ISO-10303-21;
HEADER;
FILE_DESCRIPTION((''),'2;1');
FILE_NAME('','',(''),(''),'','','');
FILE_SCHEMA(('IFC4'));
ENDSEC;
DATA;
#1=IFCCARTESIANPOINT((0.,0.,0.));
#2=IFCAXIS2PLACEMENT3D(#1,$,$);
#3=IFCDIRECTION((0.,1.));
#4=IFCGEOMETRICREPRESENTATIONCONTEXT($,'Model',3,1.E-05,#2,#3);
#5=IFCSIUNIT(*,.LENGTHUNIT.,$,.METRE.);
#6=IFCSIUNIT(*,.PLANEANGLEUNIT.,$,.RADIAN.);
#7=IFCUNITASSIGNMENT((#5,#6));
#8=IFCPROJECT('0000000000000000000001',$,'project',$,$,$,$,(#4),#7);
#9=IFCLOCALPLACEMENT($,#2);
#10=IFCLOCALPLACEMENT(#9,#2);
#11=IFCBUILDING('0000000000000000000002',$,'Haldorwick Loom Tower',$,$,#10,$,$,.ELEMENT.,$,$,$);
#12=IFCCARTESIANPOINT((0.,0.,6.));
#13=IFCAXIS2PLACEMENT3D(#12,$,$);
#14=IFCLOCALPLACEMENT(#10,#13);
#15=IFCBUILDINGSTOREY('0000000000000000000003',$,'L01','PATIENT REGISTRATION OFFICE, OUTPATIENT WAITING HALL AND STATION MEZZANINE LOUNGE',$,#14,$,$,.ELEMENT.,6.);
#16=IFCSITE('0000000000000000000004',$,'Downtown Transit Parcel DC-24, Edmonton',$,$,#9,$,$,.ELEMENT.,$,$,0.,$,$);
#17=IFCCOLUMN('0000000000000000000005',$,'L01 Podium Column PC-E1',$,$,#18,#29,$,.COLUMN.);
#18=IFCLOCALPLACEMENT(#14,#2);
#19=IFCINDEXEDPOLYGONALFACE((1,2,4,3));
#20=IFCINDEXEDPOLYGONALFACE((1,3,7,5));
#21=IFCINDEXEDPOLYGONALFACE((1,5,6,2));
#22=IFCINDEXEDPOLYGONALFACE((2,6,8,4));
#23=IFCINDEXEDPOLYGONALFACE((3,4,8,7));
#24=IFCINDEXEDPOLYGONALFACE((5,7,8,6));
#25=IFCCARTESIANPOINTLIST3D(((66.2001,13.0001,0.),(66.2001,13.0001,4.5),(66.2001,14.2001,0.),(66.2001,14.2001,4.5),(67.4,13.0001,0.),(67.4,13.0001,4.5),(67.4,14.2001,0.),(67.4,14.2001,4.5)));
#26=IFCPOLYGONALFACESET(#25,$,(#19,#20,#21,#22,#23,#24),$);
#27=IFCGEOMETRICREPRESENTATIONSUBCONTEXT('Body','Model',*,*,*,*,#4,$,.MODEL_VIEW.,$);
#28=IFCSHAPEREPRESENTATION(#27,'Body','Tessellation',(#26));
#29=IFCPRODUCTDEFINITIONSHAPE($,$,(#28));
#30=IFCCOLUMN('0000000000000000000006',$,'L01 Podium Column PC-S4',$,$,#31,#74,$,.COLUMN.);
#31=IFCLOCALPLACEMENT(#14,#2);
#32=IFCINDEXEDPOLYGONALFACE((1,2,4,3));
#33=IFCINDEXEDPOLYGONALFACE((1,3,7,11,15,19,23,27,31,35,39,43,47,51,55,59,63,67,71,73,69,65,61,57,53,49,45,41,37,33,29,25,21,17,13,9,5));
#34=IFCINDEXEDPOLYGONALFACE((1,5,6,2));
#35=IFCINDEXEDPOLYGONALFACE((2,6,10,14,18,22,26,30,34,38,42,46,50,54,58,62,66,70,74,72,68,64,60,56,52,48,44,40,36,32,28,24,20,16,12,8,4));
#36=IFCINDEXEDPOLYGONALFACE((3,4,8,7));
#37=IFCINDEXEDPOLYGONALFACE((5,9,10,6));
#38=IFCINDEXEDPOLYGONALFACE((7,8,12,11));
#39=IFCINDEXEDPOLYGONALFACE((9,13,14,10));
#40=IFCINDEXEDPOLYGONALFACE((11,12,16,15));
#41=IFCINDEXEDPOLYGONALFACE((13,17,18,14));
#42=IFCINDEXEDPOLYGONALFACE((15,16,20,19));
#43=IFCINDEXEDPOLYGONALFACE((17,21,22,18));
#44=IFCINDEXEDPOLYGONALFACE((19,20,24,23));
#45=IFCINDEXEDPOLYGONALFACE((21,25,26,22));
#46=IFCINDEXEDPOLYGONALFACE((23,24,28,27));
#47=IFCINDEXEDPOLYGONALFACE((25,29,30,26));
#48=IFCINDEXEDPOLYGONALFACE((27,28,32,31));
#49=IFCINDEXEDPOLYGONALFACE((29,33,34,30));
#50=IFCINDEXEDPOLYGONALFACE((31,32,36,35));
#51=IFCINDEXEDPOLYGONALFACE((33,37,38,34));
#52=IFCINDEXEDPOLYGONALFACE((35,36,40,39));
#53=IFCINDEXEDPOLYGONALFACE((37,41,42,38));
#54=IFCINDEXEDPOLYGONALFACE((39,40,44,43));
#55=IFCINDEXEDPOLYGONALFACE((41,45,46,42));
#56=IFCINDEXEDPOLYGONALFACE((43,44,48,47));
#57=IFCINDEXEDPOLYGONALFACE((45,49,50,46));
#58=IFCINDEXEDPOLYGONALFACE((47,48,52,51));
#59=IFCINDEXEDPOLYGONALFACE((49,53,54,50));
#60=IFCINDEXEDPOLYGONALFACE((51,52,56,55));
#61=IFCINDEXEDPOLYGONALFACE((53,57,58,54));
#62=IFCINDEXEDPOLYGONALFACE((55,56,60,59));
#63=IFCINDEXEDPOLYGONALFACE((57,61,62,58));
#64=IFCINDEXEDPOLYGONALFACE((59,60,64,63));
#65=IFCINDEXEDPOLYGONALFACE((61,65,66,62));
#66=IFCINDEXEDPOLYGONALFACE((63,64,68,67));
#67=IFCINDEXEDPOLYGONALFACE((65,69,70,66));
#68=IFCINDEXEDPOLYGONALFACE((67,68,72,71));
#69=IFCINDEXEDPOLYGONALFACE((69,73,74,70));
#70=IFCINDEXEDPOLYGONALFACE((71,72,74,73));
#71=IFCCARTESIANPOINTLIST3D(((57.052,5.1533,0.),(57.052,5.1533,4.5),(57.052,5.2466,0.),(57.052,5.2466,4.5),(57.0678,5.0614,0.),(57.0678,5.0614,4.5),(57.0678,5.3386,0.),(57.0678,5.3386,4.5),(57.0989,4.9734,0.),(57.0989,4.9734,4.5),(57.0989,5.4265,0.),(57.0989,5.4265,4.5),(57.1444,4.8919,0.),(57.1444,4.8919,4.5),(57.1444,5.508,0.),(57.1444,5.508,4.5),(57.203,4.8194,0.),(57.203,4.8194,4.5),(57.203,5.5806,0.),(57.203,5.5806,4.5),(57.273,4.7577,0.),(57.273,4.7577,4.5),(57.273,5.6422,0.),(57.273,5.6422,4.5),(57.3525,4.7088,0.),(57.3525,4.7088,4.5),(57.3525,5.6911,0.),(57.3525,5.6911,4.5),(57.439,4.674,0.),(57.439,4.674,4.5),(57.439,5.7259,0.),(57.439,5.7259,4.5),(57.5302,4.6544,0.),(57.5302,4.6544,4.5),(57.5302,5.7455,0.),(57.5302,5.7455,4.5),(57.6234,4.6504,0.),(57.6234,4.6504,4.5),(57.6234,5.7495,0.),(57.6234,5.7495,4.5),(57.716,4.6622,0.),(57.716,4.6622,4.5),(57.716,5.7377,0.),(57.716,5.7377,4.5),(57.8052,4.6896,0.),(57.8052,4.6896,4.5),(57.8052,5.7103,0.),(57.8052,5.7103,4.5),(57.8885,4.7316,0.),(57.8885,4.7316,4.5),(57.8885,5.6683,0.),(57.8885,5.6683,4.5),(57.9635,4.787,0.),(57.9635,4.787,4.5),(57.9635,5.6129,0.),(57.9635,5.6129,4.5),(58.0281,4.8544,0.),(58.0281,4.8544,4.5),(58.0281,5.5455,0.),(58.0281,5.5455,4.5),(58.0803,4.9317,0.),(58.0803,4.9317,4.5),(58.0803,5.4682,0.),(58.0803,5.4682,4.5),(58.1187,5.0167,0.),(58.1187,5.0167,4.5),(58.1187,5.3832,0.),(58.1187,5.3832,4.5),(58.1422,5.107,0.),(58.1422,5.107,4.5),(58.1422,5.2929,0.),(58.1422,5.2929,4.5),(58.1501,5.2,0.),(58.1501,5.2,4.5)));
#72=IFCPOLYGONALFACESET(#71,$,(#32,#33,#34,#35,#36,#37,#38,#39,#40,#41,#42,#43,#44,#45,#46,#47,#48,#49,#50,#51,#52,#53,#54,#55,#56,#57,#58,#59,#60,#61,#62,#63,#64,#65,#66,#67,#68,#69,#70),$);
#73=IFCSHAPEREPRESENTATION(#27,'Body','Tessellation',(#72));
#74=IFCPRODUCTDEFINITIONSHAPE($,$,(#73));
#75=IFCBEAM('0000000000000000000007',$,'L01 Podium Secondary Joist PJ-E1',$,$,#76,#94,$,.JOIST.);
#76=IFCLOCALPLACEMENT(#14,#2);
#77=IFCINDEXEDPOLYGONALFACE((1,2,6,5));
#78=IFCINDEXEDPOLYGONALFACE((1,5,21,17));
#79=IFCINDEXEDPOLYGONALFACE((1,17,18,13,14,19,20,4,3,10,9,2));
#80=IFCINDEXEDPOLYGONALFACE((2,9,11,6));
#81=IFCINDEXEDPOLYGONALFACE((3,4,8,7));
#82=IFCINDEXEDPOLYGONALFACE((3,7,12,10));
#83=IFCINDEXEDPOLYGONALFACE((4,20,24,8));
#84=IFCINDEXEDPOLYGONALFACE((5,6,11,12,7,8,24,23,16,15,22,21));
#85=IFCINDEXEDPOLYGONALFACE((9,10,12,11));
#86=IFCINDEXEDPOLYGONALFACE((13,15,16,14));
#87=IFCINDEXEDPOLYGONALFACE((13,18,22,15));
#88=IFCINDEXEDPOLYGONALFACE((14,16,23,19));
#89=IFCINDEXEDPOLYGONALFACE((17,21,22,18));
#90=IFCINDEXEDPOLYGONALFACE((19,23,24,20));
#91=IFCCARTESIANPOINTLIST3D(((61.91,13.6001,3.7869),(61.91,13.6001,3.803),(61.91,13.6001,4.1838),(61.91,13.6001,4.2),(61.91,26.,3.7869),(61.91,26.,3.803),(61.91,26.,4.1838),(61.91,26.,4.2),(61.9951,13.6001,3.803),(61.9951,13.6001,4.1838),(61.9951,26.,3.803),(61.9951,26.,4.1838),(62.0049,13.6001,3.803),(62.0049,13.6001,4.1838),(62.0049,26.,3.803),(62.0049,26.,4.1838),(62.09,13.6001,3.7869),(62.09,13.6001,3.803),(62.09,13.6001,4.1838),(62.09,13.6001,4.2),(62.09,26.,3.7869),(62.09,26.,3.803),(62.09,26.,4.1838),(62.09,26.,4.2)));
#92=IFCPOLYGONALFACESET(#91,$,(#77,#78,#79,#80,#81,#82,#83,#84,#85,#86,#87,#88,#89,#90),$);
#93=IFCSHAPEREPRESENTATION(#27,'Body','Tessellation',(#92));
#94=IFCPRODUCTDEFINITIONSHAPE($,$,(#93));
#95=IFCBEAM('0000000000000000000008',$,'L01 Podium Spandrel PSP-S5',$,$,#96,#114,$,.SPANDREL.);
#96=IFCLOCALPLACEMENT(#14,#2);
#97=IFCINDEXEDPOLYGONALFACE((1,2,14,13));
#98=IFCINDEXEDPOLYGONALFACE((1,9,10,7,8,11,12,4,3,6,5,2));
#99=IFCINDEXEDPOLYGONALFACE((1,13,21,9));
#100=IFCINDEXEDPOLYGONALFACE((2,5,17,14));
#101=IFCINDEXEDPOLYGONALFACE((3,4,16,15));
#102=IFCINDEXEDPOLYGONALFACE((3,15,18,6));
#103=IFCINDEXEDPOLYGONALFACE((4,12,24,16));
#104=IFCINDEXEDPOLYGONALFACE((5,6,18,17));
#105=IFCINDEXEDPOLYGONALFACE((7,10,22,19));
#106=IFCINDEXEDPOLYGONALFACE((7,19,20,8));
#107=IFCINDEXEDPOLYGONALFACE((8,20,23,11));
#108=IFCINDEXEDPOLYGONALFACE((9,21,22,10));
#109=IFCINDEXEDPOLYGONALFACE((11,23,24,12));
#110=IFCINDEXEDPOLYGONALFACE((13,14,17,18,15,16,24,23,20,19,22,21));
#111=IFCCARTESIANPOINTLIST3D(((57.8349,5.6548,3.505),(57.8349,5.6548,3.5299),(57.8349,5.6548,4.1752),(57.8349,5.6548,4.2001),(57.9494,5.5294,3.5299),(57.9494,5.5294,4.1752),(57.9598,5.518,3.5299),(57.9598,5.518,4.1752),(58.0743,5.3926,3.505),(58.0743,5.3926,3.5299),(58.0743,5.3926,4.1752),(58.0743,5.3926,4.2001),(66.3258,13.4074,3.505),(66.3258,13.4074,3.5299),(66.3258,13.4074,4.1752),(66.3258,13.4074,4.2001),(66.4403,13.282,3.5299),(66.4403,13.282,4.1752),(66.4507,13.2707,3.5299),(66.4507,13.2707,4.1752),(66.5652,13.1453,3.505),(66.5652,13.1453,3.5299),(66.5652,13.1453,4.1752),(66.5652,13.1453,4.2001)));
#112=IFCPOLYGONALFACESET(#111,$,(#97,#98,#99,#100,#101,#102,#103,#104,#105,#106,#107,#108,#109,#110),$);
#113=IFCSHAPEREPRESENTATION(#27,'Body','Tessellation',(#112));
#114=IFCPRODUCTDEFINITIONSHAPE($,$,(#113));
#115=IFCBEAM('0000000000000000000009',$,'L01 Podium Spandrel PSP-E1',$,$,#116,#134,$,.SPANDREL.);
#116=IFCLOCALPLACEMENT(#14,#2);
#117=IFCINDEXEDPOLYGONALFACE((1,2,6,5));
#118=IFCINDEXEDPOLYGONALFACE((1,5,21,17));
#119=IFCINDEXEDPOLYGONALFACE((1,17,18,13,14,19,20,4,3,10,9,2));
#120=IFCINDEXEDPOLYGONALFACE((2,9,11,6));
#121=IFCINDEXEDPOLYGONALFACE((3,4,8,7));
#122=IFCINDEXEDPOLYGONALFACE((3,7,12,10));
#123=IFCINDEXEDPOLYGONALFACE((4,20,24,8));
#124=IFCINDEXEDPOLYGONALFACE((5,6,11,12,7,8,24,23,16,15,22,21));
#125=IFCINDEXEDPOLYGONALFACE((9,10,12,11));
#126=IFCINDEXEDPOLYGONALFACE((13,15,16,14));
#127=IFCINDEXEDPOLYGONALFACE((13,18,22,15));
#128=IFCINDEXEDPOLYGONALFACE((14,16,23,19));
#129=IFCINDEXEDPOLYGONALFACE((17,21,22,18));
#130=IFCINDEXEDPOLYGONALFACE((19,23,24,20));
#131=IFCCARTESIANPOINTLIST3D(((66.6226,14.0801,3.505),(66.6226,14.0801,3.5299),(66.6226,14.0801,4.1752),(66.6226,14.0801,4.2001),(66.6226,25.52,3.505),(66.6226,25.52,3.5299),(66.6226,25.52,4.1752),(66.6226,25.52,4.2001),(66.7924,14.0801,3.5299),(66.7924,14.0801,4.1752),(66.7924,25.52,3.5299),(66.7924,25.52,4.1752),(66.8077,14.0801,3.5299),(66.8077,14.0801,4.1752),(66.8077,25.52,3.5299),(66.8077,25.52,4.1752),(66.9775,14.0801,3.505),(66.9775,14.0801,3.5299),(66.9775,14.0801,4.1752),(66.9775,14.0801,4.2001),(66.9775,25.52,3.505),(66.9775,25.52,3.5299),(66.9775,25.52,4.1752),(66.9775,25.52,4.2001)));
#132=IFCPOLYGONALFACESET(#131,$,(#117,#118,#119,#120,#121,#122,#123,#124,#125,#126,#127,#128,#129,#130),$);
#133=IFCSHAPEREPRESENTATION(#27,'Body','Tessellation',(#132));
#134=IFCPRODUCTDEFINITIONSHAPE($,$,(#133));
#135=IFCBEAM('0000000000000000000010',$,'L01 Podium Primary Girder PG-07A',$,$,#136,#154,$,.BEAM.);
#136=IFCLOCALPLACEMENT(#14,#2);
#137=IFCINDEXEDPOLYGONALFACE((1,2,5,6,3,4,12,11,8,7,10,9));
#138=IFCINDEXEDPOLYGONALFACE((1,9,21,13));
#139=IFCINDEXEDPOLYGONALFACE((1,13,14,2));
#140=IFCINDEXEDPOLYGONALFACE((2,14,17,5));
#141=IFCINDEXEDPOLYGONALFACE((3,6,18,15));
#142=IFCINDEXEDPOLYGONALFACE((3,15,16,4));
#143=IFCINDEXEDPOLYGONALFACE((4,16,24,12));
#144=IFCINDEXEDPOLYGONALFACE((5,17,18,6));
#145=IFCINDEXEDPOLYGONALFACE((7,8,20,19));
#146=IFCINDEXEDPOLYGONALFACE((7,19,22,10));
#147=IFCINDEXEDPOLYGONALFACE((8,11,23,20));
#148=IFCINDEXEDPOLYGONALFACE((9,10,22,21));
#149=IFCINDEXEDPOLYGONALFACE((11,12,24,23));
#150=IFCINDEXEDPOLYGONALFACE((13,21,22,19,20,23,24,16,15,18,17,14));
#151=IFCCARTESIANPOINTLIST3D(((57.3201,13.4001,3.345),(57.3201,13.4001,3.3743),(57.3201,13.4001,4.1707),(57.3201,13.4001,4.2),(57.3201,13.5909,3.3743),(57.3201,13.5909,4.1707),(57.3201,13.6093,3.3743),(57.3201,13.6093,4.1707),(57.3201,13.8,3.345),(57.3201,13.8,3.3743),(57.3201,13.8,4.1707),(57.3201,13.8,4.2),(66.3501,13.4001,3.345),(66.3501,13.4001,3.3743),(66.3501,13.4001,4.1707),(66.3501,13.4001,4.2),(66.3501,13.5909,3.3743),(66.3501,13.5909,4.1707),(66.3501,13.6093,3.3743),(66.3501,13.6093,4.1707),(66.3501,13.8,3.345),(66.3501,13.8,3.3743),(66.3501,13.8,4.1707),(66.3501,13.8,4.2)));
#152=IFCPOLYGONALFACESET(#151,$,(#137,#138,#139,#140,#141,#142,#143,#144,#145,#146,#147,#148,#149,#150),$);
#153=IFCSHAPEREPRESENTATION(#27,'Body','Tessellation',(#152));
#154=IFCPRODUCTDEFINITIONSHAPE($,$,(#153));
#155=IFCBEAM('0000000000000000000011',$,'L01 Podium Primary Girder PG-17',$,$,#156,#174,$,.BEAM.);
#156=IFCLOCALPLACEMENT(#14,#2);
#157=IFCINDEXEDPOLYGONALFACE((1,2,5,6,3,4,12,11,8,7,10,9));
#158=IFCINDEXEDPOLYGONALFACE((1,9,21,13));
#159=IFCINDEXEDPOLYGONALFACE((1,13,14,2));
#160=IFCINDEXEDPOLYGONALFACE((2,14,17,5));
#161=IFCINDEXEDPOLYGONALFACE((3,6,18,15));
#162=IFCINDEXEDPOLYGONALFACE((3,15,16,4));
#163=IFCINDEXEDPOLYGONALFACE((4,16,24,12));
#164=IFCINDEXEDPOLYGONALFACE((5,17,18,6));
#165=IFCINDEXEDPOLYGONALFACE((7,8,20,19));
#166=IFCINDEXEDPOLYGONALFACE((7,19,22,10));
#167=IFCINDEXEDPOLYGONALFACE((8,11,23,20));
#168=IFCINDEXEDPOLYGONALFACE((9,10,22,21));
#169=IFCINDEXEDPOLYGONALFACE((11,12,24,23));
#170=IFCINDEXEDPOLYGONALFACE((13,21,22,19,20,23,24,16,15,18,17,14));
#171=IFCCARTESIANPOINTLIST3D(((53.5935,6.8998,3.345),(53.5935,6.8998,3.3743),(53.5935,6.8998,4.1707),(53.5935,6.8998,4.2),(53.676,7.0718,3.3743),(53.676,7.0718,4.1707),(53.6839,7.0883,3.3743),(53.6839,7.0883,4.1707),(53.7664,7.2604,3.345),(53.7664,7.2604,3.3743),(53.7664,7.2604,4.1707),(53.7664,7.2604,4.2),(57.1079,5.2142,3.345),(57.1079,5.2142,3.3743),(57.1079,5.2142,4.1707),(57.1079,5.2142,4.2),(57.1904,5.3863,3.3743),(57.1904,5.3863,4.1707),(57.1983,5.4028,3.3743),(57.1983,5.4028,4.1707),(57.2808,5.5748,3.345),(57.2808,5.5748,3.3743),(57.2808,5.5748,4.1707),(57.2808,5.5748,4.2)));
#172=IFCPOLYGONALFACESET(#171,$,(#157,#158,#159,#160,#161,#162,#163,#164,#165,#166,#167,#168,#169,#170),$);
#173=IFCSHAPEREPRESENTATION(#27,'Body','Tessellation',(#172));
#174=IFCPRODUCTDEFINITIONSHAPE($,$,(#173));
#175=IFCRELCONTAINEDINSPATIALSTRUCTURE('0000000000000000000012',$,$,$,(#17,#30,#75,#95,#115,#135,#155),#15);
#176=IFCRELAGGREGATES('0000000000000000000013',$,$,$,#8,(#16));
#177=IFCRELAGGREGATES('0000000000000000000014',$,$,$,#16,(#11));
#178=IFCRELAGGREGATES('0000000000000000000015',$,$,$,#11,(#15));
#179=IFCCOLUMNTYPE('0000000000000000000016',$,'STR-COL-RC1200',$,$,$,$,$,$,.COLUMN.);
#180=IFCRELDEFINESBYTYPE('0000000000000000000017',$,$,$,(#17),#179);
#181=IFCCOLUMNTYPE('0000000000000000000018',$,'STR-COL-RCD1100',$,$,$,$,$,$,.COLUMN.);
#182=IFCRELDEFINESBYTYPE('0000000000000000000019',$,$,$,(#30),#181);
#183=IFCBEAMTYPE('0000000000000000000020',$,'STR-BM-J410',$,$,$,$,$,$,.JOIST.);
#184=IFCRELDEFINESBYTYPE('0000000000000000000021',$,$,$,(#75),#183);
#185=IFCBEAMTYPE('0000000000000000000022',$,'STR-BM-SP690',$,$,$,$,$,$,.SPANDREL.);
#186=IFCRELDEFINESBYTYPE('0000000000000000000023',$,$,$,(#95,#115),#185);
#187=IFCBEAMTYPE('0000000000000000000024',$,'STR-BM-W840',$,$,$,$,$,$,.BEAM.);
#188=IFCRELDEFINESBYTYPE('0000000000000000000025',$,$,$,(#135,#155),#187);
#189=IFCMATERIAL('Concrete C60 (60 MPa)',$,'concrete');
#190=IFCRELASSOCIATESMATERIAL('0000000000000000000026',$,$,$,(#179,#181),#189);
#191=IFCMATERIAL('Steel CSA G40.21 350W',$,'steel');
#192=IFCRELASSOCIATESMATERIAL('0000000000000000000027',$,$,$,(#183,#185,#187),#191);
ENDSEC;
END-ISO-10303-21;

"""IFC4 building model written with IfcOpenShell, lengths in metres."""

from ifc_helpers import new_model, si_unit, direction, frame, origin, origin_2d, place, context, subcontext, project, spatial, rectangle, circle, i_section, extrude, material, material_profile, profile_set, type_object, element, save


model = new_model("IFC4")

# Units and contexts
model_context = context("Model", 3, precision=1e-05, world=origin(), true_north=direction((0.0, 1.0)))
body_context = subcontext(model_context, "Body", "Model", "MODEL_VIEW")
ifc_project = project(units=[si_unit("LENGTHUNIT", "METRE"), si_unit("PLANEANGLEUNIT", "RADIAN")], contexts=[model_context])

# Site, building, storey
site_placement = place(None, origin())
site = spatial("IfcSite", under=ifc_project, at=site_placement, Name="Downtown Transit Parcel DC-24, Edmonton", CompositionType="ELEMENT", RefElevation=0.0)
building_placement = place(site_placement, origin())
building = spatial("IfcBuilding", under=site, at=building_placement, Name="Haldorwick Loom Tower", CompositionType="ELEMENT")
storey_placement = place(building_placement, frame((0.0, 0.0, 6.0)))
storey = spatial("IfcBuildingStorey", under=building, at=storey_placement, Name="L01", Description="PATIENT REGISTRATION OFFICE, OUTPATIENT WAITING HALL AND STATION MEZZANINE LOUNGE", CompositionType="ELEMENT", Elevation=6.0)

# Columns
ifc_material_1 = material(Name="Concrete C60 (60 MPa)", Category="concrete")
ifc_material_profile_1 = material_profile(ifc_material_1, rectangle(XDim=1.2, YDim=1.2, at=origin_2d()), Name="RC1200X1200", Category="concrete")
ifc_profile_set_1 = profile_set([ifc_material_profile_1], Name="Concrete C60 (60 MPa)")
column_type_1 = type_object("IfcColumnType", Name="STR-COL-RC1200", PredefinedType="COLUMN", material=ifc_profile_set_1)
column_1_placement = place(storey_placement, frame((66.8, 13.6001, 0.0), z_axis=(0.0, 0.0, 1.0), x_axis=(1.0, 0.0, 0.0)))
element("IfcColumn", 1, at=column_1_placement, inside=storey, type_object=column_type_1, Name="L01 Podium Column PC-E1", PredefinedType="COLUMN", context=body_context, shape_type="SweptSolid", body=[
    extrude(rectangle(XDim=1.2, YDim=1.2, at=origin_2d()), origin(), (0.0, 0.0, 1.0), 4.5),
])
ifc_material_profile_2 = material_profile(ifc_material_1, circle(Radius=0.55, at=origin_2d()), Name="RCD1100", Category="concrete")
ifc_profile_set_2 = profile_set([ifc_material_profile_2], Name="Concrete C60 (60 MPa)")
column_type_2 = type_object("IfcColumnType", Name="STR-COL-RCD1100", PredefinedType="COLUMN", material=ifc_profile_set_2)
column_2_placement = place(storey_placement, frame((57.6001, 5.2, 0.0), z_axis=(0.0, 0.0, 1.0), x_axis=(1.0, 0.0, 0.0)))
element("IfcColumn", 2, at=column_2_placement, inside=storey, type_object=column_type_2, Name="L01 Podium Column PC-S4", PredefinedType="COLUMN", context=body_context, shape_type="SweptSolid", body=[
    extrude(circle(Radius=0.55, at=origin_2d()), origin(), (0.0, 0.0, 1.0), 4.5),
])

# Beams
ifc_material_2 = material(Name="Steel CSA G40.21 350W", Category="steel")
ifc_material_profile_3 = material_profile(ifc_material_2, i_section(OverallWidth=0.1799, OverallDepth=0.4131, WebThickness=0.0098, FlangeThickness=0.0161, at=origin_2d()), Name="W410X74", Category="steel")
ifc_profile_set_3 = profile_set([ifc_material_profile_3], Name="Steel CSA G40.21 350W")
beam_type_1 = type_object("IfcBeamType", Name="STR-BM-J410", PredefinedType="JOIST", material=ifc_profile_set_3)
beam_1_placement = place(storey_placement, frame((62.0, 13.6001, 3.9934), z_axis=(0.0, 1.0, 0.0), x_axis=(-1.0, 0.0, 0.0)))
element("IfcBeam", 3, at=beam_1_placement, inside=storey, type_object=beam_type_1, Name="L01 Podium Secondary Joist PJ-E1", PredefinedType="JOIST", context=body_context, shape_type="SweptSolid", body=[
    extrude(i_section(OverallWidth=0.1799, OverallDepth=0.4131, WebThickness=0.0098, FlangeThickness=0.0161, at=origin_2d()), origin(), (0.0, 0.0, 1.0), 12.3999),
])
ifc_material_profile_4 = material_profile(ifc_material_2, i_section(OverallWidth=0.355, OverallDepth=0.6951, WebThickness=0.0154, FlangeThickness=0.0249, at=origin_2d()), Name="W690X217", Category="steel")
ifc_profile_set_4 = profile_set([ifc_material_profile_4], Name="Steel CSA G40.21 350W")
beam_type_2 = type_object("IfcBeamType", Name="STR-BM-SP690", PredefinedType="SPANDREL", material=ifc_profile_set_4)
beam_2_placement = place(storey_placement, frame((57.9546, 5.5237, 3.8525), z_axis=(0.738483, 0.674272, 0.0), x_axis=(-0.674272, 0.738483, 0.0)))
element("IfcBeam", 4, at=beam_2_placement, inside=storey, type_object=beam_type_2, Name="L01 Podium Spandrel PSP-S5", PredefinedType="SPANDREL", context=body_context, shape_type="SweptSolid", body=[
    extrude(i_section(OverallWidth=0.355, OverallDepth=0.6951, WebThickness=0.0154, FlangeThickness=0.0249, at=origin_2d()), origin(), (0.0, 0.0, 1.0), 11.4978),
])
beam_3_placement = place(storey_placement, frame((66.8, 14.0801, 3.8525), z_axis=(0.0, 1.0, 0.0), x_axis=(-1.0, 0.0, 0.0)))
element("IfcBeam", 5, at=beam_3_placement, inside=storey, type_object=beam_type_2, Name="L01 Podium Spandrel PSP-E1", PredefinedType="SPANDREL", context=body_context, shape_type="SweptSolid", body=[
    extrude(i_section(OverallWidth=0.355, OverallDepth=0.6951, WebThickness=0.0154, FlangeThickness=0.0249, at=origin_2d()), origin(), (0.0, 0.0, 1.0), 11.4399),
])
ifc_material_profile_5 = material_profile(ifc_material_2, i_section(OverallWidth=0.3999, OverallDepth=0.855, WebThickness=0.0183, FlangeThickness=0.0293, at=origin_2d()), Name="W840X299", Category="steel")
ifc_profile_set_5 = profile_set([ifc_material_profile_5], Name="Steel CSA G40.21 350W")
beam_type_3 = type_object("IfcBeamType", Name="STR-BM-W840", PredefinedType="BEAM", material=ifc_profile_set_5)
beam_4_placement = place(storey_placement, frame((66.3501, 13.6001, 3.7725), z_axis=(-1.0, 0.0, 0.0), x_axis=(0.0, -1.0, 0.0)))
element("IfcBeam", 6, at=beam_4_placement, inside=storey, type_object=beam_type_3, Name="L01 Podium Primary Girder PG-07A", PredefinedType="BEAM", context=body_context, shape_type="SweptSolid", body=[
    extrude(i_section(OverallWidth=0.3999, OverallDepth=0.855, WebThickness=0.0183, FlangeThickness=0.0293, at=origin_2d()), origin(), (0.0, 0.0, 1.0), 9.03),
])
beam_5_placement = place(storey_placement, frame((57.1943, 5.3945, 3.7725), z_axis=(-0.90166, 0.432446, 0.0), x_axis=(-0.432446, -0.90166, 0.0)))
element("IfcBeam", 7, at=beam_5_placement, inside=storey, type_object=beam_type_3, Name="L01 Podium Primary Girder PG-17", PredefinedType="BEAM", context=body_context, shape_type="SweptSolid", body=[
    extrude(i_section(OverallWidth=0.3999, OverallDepth=0.855, WebThickness=0.0183, FlangeThickness=0.0293, at=origin_2d()), origin(), (0.0, 0.0, 1.0), 3.8977),
])

save(model, "model.ifc")
